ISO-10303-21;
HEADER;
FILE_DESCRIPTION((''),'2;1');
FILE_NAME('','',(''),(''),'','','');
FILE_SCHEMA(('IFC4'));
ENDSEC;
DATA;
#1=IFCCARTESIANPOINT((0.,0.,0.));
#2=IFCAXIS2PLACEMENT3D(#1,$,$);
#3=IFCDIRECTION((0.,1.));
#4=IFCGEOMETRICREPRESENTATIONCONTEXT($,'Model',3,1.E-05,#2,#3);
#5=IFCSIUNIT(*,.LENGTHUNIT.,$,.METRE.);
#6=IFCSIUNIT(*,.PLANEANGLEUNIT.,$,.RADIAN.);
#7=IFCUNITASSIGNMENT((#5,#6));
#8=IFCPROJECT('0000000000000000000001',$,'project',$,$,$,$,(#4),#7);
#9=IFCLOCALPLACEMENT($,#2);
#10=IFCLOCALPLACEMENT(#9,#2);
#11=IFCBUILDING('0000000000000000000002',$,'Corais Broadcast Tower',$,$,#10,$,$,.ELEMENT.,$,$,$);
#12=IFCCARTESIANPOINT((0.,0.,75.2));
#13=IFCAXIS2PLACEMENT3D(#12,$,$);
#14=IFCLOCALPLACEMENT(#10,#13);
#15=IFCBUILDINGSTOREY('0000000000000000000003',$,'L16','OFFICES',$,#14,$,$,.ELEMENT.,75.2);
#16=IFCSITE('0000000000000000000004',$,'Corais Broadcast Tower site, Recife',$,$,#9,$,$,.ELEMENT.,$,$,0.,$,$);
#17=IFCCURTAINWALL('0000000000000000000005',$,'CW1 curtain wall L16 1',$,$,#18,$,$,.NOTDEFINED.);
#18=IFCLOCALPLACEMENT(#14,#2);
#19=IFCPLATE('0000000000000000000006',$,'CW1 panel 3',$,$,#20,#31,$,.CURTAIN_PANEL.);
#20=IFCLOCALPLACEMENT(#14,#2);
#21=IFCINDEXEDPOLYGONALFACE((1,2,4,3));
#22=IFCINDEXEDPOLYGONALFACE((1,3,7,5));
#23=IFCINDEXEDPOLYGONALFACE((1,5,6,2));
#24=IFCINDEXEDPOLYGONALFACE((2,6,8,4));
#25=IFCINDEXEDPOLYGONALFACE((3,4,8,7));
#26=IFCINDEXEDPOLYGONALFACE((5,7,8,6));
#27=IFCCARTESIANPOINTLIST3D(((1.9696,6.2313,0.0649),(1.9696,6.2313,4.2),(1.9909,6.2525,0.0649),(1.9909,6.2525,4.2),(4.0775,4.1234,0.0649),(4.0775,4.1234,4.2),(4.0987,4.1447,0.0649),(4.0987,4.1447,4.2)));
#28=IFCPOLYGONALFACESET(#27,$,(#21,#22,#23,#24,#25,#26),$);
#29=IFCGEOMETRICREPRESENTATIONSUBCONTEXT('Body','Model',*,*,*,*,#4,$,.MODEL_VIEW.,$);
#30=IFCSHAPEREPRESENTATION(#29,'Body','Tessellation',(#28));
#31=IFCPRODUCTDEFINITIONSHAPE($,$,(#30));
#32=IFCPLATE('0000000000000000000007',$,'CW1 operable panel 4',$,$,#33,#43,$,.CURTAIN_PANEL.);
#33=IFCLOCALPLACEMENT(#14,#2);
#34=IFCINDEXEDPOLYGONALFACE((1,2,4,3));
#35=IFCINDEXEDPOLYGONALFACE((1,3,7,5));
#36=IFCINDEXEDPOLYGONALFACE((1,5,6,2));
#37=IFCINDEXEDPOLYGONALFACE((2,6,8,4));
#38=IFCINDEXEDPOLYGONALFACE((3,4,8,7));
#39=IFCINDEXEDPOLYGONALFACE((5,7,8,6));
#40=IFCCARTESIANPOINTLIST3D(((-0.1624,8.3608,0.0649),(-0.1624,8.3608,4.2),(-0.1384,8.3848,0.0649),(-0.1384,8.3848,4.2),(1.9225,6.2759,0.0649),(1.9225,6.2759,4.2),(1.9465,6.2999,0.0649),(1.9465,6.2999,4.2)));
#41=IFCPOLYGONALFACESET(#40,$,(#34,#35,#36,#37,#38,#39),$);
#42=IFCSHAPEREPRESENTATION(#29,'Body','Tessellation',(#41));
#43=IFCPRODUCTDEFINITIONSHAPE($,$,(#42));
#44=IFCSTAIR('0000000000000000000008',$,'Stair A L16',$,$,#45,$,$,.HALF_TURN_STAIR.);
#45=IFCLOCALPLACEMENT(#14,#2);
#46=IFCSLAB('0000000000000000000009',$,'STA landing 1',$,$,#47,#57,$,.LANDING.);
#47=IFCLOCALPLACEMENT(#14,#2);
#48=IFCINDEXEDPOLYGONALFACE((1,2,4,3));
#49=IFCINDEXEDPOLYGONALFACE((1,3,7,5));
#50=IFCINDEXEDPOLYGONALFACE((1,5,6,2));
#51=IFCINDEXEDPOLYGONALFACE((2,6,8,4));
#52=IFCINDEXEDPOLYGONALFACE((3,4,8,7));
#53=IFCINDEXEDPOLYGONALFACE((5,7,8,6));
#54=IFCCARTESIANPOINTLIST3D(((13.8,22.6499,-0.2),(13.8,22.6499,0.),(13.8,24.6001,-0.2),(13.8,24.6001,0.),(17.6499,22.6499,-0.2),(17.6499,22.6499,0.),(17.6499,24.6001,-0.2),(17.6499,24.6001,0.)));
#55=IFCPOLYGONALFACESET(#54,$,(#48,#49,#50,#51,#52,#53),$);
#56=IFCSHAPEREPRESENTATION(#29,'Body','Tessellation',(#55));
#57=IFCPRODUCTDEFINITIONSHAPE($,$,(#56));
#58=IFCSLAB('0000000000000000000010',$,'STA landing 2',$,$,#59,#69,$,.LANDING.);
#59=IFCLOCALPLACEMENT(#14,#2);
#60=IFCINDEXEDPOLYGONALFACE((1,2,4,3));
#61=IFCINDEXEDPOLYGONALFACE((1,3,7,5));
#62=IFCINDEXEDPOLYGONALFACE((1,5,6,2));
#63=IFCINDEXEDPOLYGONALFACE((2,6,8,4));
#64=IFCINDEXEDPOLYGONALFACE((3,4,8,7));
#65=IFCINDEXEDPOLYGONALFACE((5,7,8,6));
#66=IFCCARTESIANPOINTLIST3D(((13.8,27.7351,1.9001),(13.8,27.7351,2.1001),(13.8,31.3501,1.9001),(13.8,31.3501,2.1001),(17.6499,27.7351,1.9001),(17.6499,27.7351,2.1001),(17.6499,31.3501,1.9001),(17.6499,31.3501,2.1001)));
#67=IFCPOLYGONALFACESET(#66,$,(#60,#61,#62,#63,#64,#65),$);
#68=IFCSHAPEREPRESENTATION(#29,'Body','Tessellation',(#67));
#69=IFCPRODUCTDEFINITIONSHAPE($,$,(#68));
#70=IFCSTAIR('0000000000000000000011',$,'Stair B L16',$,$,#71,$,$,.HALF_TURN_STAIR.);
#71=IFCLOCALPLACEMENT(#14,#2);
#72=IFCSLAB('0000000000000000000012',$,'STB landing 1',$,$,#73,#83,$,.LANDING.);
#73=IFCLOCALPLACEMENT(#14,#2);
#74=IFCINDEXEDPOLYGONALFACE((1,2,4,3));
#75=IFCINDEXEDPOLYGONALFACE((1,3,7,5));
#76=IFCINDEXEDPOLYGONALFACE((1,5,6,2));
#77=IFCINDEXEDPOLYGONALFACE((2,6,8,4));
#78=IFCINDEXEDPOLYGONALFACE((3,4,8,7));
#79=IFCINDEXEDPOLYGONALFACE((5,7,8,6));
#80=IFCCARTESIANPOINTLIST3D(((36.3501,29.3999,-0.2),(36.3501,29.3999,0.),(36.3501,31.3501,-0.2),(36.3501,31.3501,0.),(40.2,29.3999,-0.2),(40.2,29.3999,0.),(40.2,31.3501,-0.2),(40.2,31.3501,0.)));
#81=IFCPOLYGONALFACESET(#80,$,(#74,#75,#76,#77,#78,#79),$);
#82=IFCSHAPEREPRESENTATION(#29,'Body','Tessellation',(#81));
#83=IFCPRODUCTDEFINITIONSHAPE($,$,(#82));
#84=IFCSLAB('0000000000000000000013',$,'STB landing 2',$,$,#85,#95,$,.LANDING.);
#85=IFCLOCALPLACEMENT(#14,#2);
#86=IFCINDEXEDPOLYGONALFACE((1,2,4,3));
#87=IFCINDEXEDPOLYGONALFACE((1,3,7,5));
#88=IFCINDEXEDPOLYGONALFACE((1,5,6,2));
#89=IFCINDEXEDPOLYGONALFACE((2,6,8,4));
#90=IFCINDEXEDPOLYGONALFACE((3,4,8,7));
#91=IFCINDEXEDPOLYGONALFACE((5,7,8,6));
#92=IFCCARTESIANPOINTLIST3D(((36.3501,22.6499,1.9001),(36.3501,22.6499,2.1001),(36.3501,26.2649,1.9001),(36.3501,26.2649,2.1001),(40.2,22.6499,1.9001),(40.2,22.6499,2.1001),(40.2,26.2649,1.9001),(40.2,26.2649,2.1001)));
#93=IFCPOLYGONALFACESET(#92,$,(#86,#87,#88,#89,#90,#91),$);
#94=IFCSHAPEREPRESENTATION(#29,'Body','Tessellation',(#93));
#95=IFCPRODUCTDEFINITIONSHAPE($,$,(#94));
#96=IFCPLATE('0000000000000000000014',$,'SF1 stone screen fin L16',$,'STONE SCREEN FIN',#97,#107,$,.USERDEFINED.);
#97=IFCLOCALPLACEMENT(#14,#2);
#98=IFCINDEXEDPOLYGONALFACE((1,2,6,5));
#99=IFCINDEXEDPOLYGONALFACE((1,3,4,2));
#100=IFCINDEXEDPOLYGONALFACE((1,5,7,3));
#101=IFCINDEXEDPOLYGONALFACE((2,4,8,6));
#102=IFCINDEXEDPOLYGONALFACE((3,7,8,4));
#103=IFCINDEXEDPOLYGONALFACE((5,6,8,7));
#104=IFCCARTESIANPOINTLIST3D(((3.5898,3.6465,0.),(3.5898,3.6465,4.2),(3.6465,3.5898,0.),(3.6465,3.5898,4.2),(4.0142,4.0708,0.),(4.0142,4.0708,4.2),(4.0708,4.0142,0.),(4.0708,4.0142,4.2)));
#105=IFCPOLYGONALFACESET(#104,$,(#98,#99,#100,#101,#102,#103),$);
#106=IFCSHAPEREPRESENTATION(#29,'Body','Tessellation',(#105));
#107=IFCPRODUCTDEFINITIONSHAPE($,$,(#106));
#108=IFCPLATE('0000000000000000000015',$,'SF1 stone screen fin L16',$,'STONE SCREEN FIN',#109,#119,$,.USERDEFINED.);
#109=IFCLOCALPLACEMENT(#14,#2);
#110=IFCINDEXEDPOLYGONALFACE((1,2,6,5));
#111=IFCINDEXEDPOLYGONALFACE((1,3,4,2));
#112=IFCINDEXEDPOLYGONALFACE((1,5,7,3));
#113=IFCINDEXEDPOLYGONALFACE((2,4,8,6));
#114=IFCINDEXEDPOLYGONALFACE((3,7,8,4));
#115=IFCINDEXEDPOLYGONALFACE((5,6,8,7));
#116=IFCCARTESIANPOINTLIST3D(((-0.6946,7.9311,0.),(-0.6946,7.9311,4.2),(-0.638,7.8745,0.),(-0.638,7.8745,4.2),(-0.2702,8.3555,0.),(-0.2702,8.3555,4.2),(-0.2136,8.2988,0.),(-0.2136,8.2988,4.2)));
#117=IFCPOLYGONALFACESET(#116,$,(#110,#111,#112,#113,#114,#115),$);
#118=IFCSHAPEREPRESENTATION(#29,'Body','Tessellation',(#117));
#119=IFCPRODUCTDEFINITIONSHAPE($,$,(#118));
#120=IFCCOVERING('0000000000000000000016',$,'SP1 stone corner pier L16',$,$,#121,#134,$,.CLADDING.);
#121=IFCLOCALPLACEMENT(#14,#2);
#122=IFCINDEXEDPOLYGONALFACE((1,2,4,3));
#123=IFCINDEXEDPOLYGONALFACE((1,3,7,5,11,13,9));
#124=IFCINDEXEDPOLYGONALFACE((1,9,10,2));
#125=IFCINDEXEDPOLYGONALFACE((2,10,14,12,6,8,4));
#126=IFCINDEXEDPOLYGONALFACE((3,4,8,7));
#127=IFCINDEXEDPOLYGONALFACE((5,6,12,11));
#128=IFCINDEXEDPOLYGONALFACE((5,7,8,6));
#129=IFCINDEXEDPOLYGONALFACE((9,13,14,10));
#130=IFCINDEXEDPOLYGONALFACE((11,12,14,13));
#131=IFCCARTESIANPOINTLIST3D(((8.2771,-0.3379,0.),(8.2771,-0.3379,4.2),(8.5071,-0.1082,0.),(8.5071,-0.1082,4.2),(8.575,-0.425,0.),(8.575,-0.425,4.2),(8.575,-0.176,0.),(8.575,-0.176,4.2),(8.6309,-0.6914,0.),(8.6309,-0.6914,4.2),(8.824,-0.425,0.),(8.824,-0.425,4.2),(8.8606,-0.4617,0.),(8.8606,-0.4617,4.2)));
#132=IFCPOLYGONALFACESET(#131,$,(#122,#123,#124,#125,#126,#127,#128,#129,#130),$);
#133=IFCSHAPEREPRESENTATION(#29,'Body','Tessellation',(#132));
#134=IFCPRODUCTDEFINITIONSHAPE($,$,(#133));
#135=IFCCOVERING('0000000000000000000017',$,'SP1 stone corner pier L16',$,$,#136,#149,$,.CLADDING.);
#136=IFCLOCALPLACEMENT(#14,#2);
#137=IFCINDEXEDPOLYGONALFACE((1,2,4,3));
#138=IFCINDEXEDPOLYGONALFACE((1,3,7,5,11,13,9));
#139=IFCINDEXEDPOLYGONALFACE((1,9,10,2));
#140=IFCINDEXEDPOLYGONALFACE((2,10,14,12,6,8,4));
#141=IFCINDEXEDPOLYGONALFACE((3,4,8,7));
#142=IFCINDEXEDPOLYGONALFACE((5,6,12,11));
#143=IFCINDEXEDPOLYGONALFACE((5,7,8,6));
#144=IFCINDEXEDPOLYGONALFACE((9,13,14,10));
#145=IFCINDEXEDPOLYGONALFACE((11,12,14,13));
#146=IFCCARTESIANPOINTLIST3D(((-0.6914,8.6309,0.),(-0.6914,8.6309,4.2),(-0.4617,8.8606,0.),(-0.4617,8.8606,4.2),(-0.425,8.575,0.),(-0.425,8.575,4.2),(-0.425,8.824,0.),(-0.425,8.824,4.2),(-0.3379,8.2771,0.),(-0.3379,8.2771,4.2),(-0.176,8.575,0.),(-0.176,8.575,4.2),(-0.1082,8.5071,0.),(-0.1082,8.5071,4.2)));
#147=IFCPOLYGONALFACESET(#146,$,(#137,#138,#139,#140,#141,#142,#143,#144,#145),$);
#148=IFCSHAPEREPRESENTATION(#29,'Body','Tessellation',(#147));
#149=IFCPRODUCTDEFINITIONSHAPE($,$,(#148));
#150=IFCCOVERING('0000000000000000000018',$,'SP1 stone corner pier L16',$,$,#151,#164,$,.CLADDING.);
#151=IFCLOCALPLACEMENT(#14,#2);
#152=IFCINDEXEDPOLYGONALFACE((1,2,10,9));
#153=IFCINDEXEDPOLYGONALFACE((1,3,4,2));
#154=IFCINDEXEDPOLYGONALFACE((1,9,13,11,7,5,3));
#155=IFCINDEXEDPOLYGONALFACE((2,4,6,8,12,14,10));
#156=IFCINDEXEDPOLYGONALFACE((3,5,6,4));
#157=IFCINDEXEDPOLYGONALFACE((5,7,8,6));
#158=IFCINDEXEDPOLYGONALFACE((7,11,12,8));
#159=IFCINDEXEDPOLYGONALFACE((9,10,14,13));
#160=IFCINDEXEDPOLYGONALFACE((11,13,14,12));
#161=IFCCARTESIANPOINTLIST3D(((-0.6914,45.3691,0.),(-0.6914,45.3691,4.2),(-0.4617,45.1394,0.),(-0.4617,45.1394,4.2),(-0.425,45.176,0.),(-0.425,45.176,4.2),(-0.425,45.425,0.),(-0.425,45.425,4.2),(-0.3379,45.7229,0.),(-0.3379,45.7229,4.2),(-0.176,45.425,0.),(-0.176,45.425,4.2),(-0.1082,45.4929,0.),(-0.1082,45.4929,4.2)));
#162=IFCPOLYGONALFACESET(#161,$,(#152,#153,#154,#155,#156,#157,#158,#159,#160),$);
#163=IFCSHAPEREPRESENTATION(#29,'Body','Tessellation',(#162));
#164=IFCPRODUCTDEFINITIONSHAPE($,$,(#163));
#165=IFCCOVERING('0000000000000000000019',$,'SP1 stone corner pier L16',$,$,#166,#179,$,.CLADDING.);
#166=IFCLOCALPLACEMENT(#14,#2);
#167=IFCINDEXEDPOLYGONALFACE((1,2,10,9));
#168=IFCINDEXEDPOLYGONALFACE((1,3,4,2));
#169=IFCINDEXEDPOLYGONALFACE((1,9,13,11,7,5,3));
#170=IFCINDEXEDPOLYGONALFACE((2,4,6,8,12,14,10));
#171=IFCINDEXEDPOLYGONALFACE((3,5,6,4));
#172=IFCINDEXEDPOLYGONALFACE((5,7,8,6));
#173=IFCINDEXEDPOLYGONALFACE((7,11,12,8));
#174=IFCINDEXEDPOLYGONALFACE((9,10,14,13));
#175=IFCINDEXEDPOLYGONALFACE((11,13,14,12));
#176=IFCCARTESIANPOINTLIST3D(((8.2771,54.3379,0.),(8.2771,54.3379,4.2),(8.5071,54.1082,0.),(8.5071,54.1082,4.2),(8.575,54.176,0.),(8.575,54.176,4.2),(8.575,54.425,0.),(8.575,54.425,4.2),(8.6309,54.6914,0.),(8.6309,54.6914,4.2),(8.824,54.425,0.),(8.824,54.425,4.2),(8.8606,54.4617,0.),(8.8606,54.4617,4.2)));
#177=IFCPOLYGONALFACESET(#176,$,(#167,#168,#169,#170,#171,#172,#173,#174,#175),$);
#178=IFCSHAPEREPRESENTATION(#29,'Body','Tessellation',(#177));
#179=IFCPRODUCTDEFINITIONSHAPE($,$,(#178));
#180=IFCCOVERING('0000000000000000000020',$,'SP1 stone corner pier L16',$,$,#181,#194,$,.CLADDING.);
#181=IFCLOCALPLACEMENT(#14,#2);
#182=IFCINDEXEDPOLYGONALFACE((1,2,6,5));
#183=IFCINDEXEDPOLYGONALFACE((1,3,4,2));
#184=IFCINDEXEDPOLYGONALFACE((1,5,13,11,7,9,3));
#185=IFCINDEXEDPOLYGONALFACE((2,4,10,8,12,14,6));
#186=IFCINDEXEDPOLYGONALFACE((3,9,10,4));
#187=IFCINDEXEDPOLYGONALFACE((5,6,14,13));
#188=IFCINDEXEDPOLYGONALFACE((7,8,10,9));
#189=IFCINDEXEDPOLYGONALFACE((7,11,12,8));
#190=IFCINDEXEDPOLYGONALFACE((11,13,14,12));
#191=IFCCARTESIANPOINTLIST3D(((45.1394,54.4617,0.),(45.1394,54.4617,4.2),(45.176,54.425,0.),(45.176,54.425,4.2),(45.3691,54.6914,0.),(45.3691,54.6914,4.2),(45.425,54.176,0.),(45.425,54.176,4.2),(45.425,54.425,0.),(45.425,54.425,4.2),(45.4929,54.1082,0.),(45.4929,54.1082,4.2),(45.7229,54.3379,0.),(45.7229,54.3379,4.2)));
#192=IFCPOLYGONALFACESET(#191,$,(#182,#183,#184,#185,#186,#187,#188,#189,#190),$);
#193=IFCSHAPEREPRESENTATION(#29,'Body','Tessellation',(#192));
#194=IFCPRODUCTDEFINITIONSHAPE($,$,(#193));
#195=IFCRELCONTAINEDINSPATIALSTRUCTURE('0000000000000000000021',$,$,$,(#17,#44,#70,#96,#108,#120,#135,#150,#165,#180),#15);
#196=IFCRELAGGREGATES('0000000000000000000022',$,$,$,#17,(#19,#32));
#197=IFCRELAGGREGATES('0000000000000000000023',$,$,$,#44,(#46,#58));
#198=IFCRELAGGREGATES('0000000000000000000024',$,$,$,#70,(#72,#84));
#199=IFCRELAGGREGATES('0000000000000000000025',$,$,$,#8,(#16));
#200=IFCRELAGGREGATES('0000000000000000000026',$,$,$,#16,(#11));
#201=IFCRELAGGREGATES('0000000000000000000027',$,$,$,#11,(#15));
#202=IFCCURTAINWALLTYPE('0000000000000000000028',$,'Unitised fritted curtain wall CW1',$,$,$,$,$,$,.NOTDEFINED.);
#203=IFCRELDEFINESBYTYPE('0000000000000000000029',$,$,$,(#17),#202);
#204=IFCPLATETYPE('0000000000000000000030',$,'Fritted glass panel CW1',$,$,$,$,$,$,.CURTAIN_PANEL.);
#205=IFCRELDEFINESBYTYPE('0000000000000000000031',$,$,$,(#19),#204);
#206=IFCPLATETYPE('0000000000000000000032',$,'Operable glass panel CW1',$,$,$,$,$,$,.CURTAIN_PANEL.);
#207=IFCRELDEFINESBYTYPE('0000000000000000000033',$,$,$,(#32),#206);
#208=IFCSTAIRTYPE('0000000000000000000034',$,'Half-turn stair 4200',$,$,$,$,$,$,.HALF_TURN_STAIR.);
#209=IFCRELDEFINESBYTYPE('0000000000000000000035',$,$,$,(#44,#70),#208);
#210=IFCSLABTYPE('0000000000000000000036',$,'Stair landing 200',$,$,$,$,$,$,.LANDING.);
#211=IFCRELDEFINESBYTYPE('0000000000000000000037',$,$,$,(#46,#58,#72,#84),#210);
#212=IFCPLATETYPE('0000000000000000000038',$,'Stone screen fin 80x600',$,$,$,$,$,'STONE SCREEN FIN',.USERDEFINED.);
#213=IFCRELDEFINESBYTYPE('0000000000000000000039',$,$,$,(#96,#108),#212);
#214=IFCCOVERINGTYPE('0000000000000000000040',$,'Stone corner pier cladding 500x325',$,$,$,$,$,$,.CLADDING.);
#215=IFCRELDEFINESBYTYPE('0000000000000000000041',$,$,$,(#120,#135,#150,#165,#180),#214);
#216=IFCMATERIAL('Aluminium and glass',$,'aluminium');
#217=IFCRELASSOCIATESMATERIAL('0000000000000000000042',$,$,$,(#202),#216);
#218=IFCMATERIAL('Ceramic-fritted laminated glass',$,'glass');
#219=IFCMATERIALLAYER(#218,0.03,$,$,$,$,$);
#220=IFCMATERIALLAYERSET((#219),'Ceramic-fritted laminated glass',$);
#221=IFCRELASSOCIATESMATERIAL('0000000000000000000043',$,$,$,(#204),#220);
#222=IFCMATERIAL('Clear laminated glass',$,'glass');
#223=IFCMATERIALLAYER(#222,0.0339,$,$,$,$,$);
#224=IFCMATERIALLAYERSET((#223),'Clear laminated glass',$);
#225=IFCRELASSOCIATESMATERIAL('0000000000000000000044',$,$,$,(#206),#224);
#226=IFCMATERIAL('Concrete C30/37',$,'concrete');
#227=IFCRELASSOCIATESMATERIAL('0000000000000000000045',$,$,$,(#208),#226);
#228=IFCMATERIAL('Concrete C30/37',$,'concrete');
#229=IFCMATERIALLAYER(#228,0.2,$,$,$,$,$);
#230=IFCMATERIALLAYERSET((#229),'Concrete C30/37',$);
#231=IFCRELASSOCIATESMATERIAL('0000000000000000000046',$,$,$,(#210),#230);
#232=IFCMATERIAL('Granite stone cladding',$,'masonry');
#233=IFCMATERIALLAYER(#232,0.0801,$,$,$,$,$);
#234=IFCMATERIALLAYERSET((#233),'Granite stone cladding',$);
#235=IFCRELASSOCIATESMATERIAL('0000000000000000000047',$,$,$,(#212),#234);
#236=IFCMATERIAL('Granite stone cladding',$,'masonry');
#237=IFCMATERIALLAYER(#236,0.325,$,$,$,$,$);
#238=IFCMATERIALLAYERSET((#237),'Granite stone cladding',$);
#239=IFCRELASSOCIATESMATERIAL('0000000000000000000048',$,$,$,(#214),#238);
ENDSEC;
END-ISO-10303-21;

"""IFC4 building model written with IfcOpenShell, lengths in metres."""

from ifc_helpers import new_model, si_unit, direction, frame, origin, origin_2d, place, context, subcontext, project, spatial, polyline, rectangle, outline, extrude, material, layer, layer_set, type_object, element, aggregate, save


model = new_model("IFC4")

# Units and contexts
model_context = context("Model", 3, precision=1e-05, world=origin(), true_north=direction((0.0, 1.0)))
body_context = subcontext(model_context, "Body", "Model", "MODEL_VIEW")
ifc_project = project(units=[si_unit("LENGTHUNIT", "METRE"), si_unit("PLANEANGLEUNIT", "RADIAN")], contexts=[model_context])

# Site, building, storey
site_placement = place(None, origin())
site = spatial("IfcSite", under=ifc_project, at=site_placement, Name="Corais Broadcast Tower site, Recife", CompositionType="ELEMENT", RefElevation=0.0)
building_placement = place(site_placement, origin())
building = spatial("IfcBuilding", under=site, at=building_placement, Name="Corais Broadcast Tower", CompositionType="ELEMENT")
storey_placement = place(building_placement, frame((0.0, 0.0, 75.2)))
storey = spatial("IfcBuildingStorey", under=building, at=storey_placement, Name="L16", Description="OFFICES", CompositionType="ELEMENT", Elevation=75.2)

# Curtain wall
ifc_material_1 = material(Name="Aluminium and glass", Category="aluminium")
curtain_wall_type = type_object("IfcCurtainWallType", Name="Unitised fritted curtain wall CW1", PredefinedType="NOTDEFINED", material=ifc_material_1)
curtain_wall_placement = place(storey_placement, origin())
curtain_wall = element("IfcCurtainWall", 1, at=curtain_wall_placement, inside=storey, type_object=curtain_wall_type, Name="CW1 curtain wall L16 1", PredefinedType="NOTDEFINED")

# Plates
ifc_material_2 = material(Name="Ceramic-fritted laminated glass", Category="glass")
ifc_layer_1 = layer(ifc_material_2, 0.03)
ifc_layer_set_1 = layer_set([ifc_layer_1], Name="Ceramic-fritted laminated glass")
plate_type_1 = type_object("IfcPlateType", Name="Fritted glass panel CW1", PredefinedType="CURTAIN_PANEL", material=ifc_layer_set_1)
plate_1_placement = place(storey_placement, frame((3.0342, 5.188, 0.0649), z_axis=(0.0, 0.0, 1.0), x_axis=(-0.707107, 0.707107, 0.0)))
plate_1 = element("IfcPlate", 2, at=plate_1_placement, type_object=plate_type_1, Name="CW1 panel 3", PredefinedType="CURTAIN_PANEL", context=body_context, shape_type="SweptSolid", body=[
    extrude(rectangle(XDim=2.981, YDim=0.03, at=origin_2d()), origin(), (0.0, 0.0, 1.0), 4.135),
])
ifc_material_3 = material(Name="Clear laminated glass", Category="glass")
ifc_layer_2 = layer(ifc_material_3, 0.0339)
ifc_layer_set_2 = layer_set([ifc_layer_2], Name="Clear laminated glass")
plate_type_2 = type_object("IfcPlateType", Name="Operable glass panel CW1", PredefinedType="CURTAIN_PANEL", material=ifc_layer_set_2)
plate_2_placement = place(storey_placement, frame((0.8921, 7.3303, 0.0649), z_axis=(0.0, 0.0, 1.0), x_axis=(-0.707107, 0.707107, 0.0)))
plate_2 = element("IfcPlate", 3, at=plate_2_placement, type_object=plate_type_2, Name="CW1 operable panel 4", PredefinedType="CURTAIN_PANEL", context=body_context, shape_type="SweptSolid", body=[
    extrude(rectangle(XDim=2.9485, YDim=0.0339, at=origin_2d()), origin(), (0.0, 0.0, 1.0), 4.135),
])
aggregate(curtain_wall, [plate_1, plate_2])

# Stairs, slabs
ifc_material_4 = material(Name="Concrete C30/37", Category="concrete")
stair_type = type_object("IfcStairType", Name="Half-turn stair 4200", PredefinedType="HALF_TURN_STAIR", material=ifc_material_4)
stair_1_placement = place(storey_placement, origin())
stair_1 = element("IfcStair", 4, at=stair_1_placement, inside=storey, type_object=stair_type, Name="Stair A L16", PredefinedType="HALF_TURN_STAIR")
ifc_material_5 = material(Name="Concrete C30/37", Category="concrete")
ifc_layer_3 = layer(ifc_material_5, 0.2)
ifc_layer_set_3 = layer_set([ifc_layer_3], Name="Concrete C30/37")
slab_type_1 = type_object("IfcSlabType", Name="Stair landing 200", PredefinedType="LANDING", material=ifc_layer_set_3)
slab_1_placement = place(storey_placement, frame((0.0, 0.0, -0.2)))
slab_1 = element("IfcSlab", 5, at=slab_1_placement, type_object=slab_type_1, Name="STA landing 1", PredefinedType="LANDING", context=body_context, shape_type="SweptSolid", body=[
    extrude(outline(polyline([(13.8, 22.6499), (17.6499, 22.6499), (17.6499, 24.6001), (13.8, 24.6001), (13.8, 22.6499)])), origin(), (0.0, 0.0, 1.0), 0.2),
])
slab_2_placement = place(storey_placement, frame((0.0, 0.0, 1.9001)))
slab_2 = element("IfcSlab", 6, at=slab_2_placement, type_object=slab_type_1, Name="STA landing 2", PredefinedType="LANDING", context=body_context, shape_type="SweptSolid", body=[
    extrude(outline(polyline([(13.8, 27.7351), (17.6499, 27.7351), (17.6499, 31.3501), (13.8, 31.3501), (13.8, 27.7351)])), origin(), (0.0, 0.0, 1.0), 0.2),
])
aggregate(stair_1, [slab_1, slab_2])
stair_2_placement = place(storey_placement, origin())
stair_2 = element("IfcStair", 7, at=stair_2_placement, inside=storey, type_object=stair_type, Name="Stair B L16", PredefinedType="HALF_TURN_STAIR")
slab_3_placement = place(storey_placement, frame((0.0, 0.0, -0.2)))
slab_3 = element("IfcSlab", 8, at=slab_3_placement, type_object=slab_type_1, Name="STB landing 1", PredefinedType="LANDING", context=body_context, shape_type="SweptSolid", body=[
    extrude(outline(polyline([(36.3501, 29.3999), (40.2, 29.3999), (40.2, 31.3501), (36.3501, 31.3501), (36.3501, 29.3999)])), origin(), (0.0, 0.0, 1.0), 0.2),
])
slab_4_placement = place(storey_placement, frame((0.0, 0.0, 1.9001)))
slab_4 = element("IfcSlab", 9, at=slab_4_placement, type_object=slab_type_1, Name="STB landing 2", PredefinedType="LANDING", context=body_context, shape_type="SweptSolid", body=[
    extrude(outline(polyline([(36.3501, 22.6499), (40.2, 22.6499), (40.2, 26.2649), (36.3501, 26.2649), (36.3501, 22.6499)])), origin(), (0.0, 0.0, 1.0), 0.2),
])
aggregate(stair_2, [slab_3, slab_4])

# Plates
ifc_material_6 = material(Name="Granite stone cladding", Category="masonry")
ifc_layer_4 = layer(ifc_material_6, 0.0801)
ifc_layer_set_4 = layer_set([ifc_layer_4], Name="Granite stone cladding")
plate_type_3 = type_object("IfcPlateType", Name="Stone screen fin 80x600", ElementType="STONE SCREEN FIN", PredefinedType="USERDEFINED", material=ifc_layer_set_4)
for number, where, z_axis, x_axis, name in (
    (10, (3.8303, 3.8303, 0.0), (0.0, 0.0, 1.0), (-0.707107, 0.707107, 0.0), "SF1 stone screen fin L16"),
    (11, (-0.4541, 8.115, 0.0), (0.0, 0.0, 1.0), (-0.707107, 0.707107, 0.0), "SF1 stone screen fin L16"),
):
    element("IfcPlate", number, at=place(storey_placement, frame(where, z_axis=z_axis, x_axis=x_axis)), inside=storey, type_object=plate_type_3, Name=name, ObjectType="STONE SCREEN FIN", PredefinedType="USERDEFINED", context=body_context, shape_type="SweptSolid", body=[
        extrude(rectangle(XDim=0.0801, YDim=0.6001, at=origin_2d()), origin(), (0.0, 0.0, 1.0), 4.2),
    ])

# Coverings
ifc_material_7 = material(Name="Granite stone cladding", Category="masonry")
ifc_layer_5 = layer(ifc_material_7, 0.325)
ifc_layer_set_5 = layer_set([ifc_layer_5], Name="Granite stone cladding")
covering_type_1 = type_object("IfcCoveringType", Name="Stone corner pier cladding 500x325", PredefinedType="CLADDING", material=ifc_layer_set_5)
covering_1_placement = place(storey_placement, origin())
element("IfcCovering", 12, at=covering_1_placement, inside=storey, type_object=covering_type_1, Name="SP1 stone corner pier L16", PredefinedType="CLADDING", context=body_context, shape_type="SweptSolid", body=[
    extrude(outline(polyline([(8.8606, -0.4617), (8.824, -0.425), (8.575, -0.425), (8.575, -0.176), (8.5071, -0.1082), (8.2771, -0.3379), (8.6309, -0.6914), (8.8606, -0.4617)])), origin(), (0.0, 0.0, 1.0), 4.2),
])
covering_2_placement = place(storey_placement, origin())
element("IfcCovering", 13, at=covering_2_placement, inside=storey, type_object=covering_type_1, Name="SP1 stone corner pier L16", PredefinedType="CLADDING", context=body_context, shape_type="SweptSolid", body=[
    extrude(outline(polyline([(-0.425, 8.824), (-0.4617, 8.8606), (-0.6914, 8.6309), (-0.3379, 8.2771), (-0.1082, 8.5071), (-0.176, 8.575), (-0.425, 8.575), (-0.425, 8.824)])), origin(), (0.0, 0.0, 1.0), 4.2),
])
covering_3_placement = place(storey_placement, origin())
element("IfcCovering", 14, at=covering_3_placement, inside=storey, type_object=covering_type_1, Name="SP1 stone corner pier L16", PredefinedType="CLADDING", context=body_context, shape_type="SweptSolid", body=[
    extrude(outline(polyline([(-0.4617, 45.1394), (-0.425, 45.176), (-0.425, 45.425), (-0.176, 45.425), (-0.1082, 45.4929), (-0.3379, 45.7229), (-0.6914, 45.3691), (-0.4617, 45.1394)])), origin(), (0.0, 0.0, 1.0), 4.2),
])
covering_4_placement = place(storey_placement, origin())
element("IfcCovering", 15, at=covering_4_placement, inside=storey, type_object=covering_type_1, Name="SP1 stone corner pier L16", PredefinedType="CLADDING", context=body_context, shape_type="SweptSolid", body=[
    extrude(outline(polyline([(8.824, 54.425), (8.8606, 54.4617), (8.6309, 54.6914), (8.2771, 54.3379), (8.5071, 54.1082), (8.575, 54.176), (8.575, 54.425), (8.824, 54.425)])), origin(), (0.0, 0.0, 1.0), 4.2),
])
covering_5_placement = place(storey_placement, origin())
element("IfcCovering", 16, at=covering_5_placement, inside=storey, type_object=covering_type_1, Name="SP1 stone corner pier L16", PredefinedType="CLADDING", context=body_context, shape_type="SweptSolid", body=[
    extrude(outline(polyline([(45.1394, 54.4617), (45.176, 54.425), (45.425, 54.425), (45.425, 54.176), (45.4929, 54.1082), (45.7229, 54.3379), (45.3691, 54.6914), (45.1394, 54.4617)])), origin(), (0.0, 0.0, 1.0), 4.2),
])

save(model, "model.ifc")
